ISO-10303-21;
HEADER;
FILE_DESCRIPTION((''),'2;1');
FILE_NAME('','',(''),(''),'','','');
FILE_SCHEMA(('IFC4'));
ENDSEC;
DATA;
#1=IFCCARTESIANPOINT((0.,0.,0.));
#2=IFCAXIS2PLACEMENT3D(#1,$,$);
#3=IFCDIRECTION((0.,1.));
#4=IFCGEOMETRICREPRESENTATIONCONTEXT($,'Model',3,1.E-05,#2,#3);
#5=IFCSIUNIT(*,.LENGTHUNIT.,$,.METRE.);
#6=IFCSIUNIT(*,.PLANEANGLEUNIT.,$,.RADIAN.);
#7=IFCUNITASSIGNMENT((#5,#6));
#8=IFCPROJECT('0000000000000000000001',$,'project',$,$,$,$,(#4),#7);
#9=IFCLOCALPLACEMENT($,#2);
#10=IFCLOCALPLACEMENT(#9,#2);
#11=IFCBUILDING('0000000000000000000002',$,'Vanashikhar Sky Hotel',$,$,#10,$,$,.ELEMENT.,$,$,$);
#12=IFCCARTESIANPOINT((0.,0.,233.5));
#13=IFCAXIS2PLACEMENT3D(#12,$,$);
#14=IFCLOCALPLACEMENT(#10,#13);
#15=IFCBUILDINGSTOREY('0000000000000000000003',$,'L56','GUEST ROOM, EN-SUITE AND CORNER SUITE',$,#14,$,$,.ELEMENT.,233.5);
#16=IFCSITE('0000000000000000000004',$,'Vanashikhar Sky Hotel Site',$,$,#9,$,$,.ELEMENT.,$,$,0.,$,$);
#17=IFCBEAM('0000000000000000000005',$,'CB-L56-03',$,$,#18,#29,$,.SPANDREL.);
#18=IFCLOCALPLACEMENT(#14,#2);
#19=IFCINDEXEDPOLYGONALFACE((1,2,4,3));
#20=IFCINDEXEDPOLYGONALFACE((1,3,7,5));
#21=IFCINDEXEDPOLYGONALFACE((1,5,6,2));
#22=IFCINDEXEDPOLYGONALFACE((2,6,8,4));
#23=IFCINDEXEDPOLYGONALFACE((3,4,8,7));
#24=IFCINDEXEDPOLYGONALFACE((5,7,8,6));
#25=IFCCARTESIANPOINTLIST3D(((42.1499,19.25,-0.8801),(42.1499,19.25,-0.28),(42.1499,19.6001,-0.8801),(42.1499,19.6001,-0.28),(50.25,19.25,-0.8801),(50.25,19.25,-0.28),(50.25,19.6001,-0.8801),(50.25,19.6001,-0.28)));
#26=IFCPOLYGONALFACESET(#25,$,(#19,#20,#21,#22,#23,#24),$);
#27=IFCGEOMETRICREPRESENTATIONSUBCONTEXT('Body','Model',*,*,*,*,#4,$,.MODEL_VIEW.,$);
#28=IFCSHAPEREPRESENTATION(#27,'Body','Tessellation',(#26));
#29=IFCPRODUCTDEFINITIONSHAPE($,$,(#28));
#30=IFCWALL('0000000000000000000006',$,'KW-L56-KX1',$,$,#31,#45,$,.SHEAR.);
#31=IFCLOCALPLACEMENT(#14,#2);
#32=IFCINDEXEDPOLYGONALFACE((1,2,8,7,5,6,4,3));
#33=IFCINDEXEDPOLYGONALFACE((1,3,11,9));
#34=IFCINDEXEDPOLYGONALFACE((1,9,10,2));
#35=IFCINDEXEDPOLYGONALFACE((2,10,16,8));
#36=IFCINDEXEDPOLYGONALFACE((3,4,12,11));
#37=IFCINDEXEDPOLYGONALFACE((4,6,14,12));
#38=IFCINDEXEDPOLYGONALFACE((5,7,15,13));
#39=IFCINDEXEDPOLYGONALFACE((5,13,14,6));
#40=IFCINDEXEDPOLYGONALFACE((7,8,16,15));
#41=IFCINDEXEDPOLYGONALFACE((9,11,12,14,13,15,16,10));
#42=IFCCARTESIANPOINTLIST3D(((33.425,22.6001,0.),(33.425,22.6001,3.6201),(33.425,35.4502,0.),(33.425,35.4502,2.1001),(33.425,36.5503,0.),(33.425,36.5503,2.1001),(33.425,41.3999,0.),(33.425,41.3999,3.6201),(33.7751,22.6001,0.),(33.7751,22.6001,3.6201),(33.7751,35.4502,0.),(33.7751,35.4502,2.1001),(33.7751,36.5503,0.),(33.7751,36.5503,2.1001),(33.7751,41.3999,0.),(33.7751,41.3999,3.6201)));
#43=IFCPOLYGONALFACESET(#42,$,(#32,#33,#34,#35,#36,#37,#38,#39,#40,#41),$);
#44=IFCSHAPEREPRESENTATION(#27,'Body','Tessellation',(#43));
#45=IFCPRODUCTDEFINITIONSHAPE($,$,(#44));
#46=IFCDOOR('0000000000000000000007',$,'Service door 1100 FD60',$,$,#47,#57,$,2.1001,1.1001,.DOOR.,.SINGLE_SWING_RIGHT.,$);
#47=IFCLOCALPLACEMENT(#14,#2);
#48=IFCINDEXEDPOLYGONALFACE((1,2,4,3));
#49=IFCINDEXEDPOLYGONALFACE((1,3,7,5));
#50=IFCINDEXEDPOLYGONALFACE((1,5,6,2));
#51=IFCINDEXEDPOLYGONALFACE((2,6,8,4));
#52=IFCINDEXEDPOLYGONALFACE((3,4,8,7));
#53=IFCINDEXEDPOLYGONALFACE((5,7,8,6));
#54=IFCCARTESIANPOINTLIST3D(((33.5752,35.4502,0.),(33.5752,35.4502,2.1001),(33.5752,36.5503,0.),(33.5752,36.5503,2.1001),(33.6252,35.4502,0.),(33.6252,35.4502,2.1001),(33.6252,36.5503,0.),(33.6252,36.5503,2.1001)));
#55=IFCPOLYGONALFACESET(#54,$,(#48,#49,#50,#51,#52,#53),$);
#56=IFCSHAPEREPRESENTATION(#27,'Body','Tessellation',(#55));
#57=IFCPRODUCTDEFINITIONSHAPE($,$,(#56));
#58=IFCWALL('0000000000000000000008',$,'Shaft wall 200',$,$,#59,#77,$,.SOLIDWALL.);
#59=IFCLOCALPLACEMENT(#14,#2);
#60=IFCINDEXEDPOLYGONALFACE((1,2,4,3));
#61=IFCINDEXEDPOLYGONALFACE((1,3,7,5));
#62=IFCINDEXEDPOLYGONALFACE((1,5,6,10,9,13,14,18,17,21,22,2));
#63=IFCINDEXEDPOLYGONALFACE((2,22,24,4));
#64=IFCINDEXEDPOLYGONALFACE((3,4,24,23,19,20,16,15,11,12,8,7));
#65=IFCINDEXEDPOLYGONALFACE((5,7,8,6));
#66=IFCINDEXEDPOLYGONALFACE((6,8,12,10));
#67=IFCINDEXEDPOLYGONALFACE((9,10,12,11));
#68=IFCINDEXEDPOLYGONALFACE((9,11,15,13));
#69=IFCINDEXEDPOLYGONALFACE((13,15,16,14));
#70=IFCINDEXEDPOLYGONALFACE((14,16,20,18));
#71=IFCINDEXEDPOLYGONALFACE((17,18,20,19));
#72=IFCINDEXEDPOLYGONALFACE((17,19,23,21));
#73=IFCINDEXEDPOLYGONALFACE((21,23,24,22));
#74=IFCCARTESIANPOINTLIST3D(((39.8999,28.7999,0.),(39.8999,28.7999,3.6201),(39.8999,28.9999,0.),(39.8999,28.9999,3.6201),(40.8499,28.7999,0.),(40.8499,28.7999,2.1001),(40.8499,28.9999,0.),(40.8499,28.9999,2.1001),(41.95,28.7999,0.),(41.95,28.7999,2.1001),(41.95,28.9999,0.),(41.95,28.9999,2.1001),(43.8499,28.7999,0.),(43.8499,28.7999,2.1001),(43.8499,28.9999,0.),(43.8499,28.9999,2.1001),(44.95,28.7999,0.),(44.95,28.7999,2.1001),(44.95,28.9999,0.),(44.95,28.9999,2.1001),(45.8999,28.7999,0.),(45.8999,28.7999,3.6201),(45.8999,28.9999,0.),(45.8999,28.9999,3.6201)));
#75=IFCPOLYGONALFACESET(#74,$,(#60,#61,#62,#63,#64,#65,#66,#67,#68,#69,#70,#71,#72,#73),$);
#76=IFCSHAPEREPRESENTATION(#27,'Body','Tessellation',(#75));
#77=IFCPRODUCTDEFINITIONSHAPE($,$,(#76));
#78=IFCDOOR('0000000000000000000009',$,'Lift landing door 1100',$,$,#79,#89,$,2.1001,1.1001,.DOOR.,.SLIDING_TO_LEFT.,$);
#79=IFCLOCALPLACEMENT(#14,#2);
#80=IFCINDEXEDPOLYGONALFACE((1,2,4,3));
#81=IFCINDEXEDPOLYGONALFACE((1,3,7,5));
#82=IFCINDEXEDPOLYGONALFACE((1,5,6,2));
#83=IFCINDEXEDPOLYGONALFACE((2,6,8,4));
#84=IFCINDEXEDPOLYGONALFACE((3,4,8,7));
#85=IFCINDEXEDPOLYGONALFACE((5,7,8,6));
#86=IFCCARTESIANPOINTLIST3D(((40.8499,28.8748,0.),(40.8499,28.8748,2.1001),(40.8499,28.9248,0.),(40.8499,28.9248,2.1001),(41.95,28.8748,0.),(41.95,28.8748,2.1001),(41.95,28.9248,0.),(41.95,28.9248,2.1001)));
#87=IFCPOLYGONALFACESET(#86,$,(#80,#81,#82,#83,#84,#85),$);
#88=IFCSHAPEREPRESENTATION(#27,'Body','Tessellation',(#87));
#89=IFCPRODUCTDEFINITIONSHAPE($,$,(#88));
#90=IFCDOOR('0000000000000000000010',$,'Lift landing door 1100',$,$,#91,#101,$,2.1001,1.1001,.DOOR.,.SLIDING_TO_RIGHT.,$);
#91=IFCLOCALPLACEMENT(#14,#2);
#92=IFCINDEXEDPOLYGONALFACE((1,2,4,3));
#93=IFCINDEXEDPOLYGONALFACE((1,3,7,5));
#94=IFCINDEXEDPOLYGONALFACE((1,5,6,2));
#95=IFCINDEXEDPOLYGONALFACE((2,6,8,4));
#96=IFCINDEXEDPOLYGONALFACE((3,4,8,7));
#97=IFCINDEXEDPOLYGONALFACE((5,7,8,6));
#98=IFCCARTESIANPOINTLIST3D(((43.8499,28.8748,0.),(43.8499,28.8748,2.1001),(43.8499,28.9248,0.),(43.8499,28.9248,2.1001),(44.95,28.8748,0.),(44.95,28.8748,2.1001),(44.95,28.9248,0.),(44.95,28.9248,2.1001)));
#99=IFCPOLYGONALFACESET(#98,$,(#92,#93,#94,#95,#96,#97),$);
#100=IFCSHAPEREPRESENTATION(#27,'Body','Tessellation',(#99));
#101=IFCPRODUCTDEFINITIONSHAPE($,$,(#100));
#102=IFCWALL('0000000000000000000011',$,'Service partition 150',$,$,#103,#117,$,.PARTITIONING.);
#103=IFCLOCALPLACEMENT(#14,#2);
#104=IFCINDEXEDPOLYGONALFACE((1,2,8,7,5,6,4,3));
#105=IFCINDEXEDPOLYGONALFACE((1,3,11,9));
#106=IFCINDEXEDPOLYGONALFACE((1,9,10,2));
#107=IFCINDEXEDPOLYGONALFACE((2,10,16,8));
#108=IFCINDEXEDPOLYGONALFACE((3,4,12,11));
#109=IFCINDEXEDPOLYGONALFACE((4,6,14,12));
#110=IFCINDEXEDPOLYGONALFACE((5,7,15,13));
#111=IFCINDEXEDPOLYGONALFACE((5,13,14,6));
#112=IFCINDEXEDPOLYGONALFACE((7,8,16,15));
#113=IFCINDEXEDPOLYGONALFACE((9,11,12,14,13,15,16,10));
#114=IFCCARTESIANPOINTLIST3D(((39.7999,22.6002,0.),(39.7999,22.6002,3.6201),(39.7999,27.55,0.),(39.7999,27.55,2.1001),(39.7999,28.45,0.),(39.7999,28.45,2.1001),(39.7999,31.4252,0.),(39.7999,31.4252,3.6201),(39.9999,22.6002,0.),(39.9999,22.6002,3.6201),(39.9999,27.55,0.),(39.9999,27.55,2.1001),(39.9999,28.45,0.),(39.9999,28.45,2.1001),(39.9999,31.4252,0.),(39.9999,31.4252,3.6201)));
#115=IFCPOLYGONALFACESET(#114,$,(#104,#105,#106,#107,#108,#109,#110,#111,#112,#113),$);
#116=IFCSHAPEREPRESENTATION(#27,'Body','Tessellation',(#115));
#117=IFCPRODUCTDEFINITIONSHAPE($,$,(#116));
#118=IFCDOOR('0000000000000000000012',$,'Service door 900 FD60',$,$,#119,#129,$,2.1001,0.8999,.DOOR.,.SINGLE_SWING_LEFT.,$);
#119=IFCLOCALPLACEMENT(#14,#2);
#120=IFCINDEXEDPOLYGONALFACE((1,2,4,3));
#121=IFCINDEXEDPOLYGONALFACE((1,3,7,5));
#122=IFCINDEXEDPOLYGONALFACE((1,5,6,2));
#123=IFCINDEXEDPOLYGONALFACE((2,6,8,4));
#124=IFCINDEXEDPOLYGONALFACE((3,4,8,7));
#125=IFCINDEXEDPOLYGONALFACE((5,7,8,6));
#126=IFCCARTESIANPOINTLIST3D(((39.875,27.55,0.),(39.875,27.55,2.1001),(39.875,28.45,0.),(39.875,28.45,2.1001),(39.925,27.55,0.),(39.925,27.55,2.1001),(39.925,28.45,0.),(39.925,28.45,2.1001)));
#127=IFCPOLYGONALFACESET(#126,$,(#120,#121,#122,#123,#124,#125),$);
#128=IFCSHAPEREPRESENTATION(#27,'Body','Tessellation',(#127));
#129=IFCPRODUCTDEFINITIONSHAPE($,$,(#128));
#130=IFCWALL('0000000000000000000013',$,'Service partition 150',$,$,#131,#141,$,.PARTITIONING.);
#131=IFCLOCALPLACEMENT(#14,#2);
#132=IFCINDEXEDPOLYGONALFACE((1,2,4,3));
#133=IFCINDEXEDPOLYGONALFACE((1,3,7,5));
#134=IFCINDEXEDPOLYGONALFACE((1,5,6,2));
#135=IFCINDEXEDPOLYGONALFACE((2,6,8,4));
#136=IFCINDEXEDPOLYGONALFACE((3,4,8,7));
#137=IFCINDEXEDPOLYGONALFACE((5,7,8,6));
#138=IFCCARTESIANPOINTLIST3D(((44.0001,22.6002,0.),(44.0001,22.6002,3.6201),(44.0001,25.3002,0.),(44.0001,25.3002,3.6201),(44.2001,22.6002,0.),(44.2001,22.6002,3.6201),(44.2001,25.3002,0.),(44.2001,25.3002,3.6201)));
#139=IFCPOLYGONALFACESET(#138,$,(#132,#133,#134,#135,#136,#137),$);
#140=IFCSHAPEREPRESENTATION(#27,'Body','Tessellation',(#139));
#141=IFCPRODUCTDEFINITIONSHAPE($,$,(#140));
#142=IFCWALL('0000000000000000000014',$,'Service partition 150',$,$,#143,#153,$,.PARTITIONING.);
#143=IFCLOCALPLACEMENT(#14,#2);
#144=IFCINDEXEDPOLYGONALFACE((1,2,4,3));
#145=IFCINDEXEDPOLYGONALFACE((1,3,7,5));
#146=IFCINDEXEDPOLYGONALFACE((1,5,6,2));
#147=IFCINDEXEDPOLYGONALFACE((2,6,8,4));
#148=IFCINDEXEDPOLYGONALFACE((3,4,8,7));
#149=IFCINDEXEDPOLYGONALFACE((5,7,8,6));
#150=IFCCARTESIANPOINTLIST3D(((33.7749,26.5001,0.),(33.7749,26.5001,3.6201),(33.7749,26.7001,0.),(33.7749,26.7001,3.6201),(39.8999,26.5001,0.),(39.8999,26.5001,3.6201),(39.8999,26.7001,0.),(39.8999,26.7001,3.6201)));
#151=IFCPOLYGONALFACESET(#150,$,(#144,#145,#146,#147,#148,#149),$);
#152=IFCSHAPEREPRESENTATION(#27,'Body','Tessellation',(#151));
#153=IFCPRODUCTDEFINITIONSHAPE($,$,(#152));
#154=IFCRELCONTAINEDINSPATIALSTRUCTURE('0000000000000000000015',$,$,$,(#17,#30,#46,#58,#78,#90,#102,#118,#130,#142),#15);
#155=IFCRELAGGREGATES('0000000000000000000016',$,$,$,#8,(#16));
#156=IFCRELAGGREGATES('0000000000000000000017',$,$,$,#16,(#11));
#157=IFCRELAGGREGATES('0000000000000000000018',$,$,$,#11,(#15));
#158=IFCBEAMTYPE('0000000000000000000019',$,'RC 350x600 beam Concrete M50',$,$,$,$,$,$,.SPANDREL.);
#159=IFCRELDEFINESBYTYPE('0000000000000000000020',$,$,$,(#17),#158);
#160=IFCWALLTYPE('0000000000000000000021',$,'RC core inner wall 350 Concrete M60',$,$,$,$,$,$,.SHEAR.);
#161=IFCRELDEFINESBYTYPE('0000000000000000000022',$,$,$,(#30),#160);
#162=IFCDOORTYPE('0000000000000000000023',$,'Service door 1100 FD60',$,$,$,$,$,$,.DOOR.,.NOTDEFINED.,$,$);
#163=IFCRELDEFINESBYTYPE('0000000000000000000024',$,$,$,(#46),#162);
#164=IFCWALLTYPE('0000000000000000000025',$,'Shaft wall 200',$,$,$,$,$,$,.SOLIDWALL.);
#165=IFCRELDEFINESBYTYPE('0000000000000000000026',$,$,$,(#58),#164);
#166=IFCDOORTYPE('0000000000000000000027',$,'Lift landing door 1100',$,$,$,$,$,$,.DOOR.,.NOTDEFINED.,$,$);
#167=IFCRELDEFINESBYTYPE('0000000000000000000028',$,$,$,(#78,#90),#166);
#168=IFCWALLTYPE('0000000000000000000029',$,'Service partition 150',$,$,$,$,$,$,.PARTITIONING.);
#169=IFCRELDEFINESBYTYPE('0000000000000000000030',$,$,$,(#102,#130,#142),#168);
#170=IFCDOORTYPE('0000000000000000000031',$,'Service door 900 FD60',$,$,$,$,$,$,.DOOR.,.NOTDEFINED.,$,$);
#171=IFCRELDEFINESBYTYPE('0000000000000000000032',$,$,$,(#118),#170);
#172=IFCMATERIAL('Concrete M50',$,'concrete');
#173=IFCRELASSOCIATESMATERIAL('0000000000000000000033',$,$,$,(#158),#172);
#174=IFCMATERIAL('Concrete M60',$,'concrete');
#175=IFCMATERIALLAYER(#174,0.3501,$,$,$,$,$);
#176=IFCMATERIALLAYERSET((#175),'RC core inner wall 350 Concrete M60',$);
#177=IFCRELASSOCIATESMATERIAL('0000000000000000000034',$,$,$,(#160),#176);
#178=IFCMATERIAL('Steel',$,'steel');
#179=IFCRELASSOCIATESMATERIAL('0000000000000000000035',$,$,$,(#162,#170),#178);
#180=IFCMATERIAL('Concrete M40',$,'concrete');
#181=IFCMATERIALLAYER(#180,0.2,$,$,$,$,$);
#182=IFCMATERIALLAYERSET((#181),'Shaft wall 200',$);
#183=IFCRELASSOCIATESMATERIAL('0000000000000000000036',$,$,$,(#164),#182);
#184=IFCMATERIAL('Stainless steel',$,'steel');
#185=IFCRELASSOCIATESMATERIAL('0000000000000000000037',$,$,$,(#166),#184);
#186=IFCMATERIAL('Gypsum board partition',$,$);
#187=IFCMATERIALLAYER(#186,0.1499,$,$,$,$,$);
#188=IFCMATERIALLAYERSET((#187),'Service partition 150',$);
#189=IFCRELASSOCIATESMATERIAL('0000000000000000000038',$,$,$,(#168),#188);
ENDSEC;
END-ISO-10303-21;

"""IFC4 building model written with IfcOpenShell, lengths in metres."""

from ifc_helpers import new_model, si_unit, direction, frame, frame_2d, origin, origin_2d, place, context, subcontext, project, spatial, rectangle, extrude, source, transform, mapped, material, layer, layer_set, material_profile, profile_set, type_object, element, fill, save


model = new_model("IFC4")

# Units and contexts
model_context = context("Model", 3, precision=1e-05, world=origin(), true_north=direction((0.0, 1.0)))
body_context = subcontext(model_context, "Body", "Model", "MODEL_VIEW")
ifc_project = project(units=[si_unit("LENGTHUNIT", "METRE"), si_unit("PLANEANGLEUNIT", "RADIAN")], contexts=[model_context])

# Site, building, storey
site_placement = place(None, origin())
site = spatial("IfcSite", under=ifc_project, at=site_placement, Name="Vanashikhar Sky Hotel Site", CompositionType="ELEMENT", RefElevation=0.0)
building_placement = place(site_placement, origin())
building = spatial("IfcBuilding", under=site, at=building_placement, Name="Vanashikhar Sky Hotel", CompositionType="ELEMENT")
storey_placement = place(building_placement, frame((0.0, 0.0, 233.5)))
storey = spatial("IfcBuildingStorey", under=building, at=storey_placement, Name="L56", Description="GUEST ROOM, EN-SUITE AND CORNER SUITE", CompositionType="ELEMENT", Elevation=233.5)

# Beam
ifc_material_1 = material(Name="Concrete M50", Category="concrete")
ifc_material_profile = material_profile(ifc_material_1, rectangle(XDim=0.3501, YDim=0.6001, at=origin_2d()))
ifc_profile_set = profile_set([ifc_material_profile], Name="RC 350x600 beam Concrete M50")
beam_type = type_object("IfcBeamType", Name="RC 350x600 beam Concrete M50", PredefinedType="SPANDREL", material=ifc_profile_set)
shared_shape_1 = source(origin(), body_context, "Body", "SweptSolid", [
    extrude(rectangle(XDim=0.3501, YDim=0.6001, at=origin_2d()), origin(), (0.0, 0.0, 1.0), 8.1001),
])
beam_placement = place(storey_placement, frame((42.1499, 19.425, -0.5801), z_axis=(1.0, 0.0, 0.0), x_axis=(0.0, 1.0, 0.0)))
element("IfcBeam", 1, at=beam_placement, inside=storey, type_object=beam_type, Name="CB-L56-03", PredefinedType="SPANDREL", context=body_context, shape_type="MappedRepresentation", body=[
    mapped(shared_shape_1, transform((0.0, 0.0, 0.0), scale=1.0)),
])

# Wall, opening, door
ifc_material_2 = material(Name="Concrete M60", Category="concrete")
ifc_layer_1 = layer(ifc_material_2, 0.3501)
ifc_layer_set_1 = layer_set([ifc_layer_1], Name="RC core inner wall 350 Concrete M60")
wall_type_1 = type_object("IfcWallType", Name="RC core inner wall 350 Concrete M60", PredefinedType="SHEAR", material=ifc_layer_set_1)
shared_shape_2 = source(origin(), body_context, "Body", "SweptSolid", [
    extrude(rectangle(XDim=18.7998, YDim=0.3501, at=frame_2d((9.3999, 0.0))), origin(), (0.0, 0.0, 1.0), 3.6201),
])
wall_1_placement = place(storey_placement, frame((33.6001, 22.6001, 0.0), z_axis=(0.0, 0.0, 1.0), x_axis=(0.0, 1.0, 0.0)))
wall_1 = element("IfcWall", 2, at=wall_1_placement, inside=storey, type_object=wall_type_1, Name="KW-L56-KX1", PredefinedType="SHEAR", context=body_context, shape_type="MappedRepresentation", body=[
    mapped(shared_shape_2, transform((0.0, 0.0, 0.0), scale=1.0)),
])
shared_shape_3 = source(origin(), body_context, "Body", "SweptSolid", [
    extrude(rectangle(XDim=1.1001, YDim=2.1001, at=frame_2d((0.55, 1.05))), frame((0.0, 0.1851, 0.0), z_axis=(0.0, -1.0, 0.0), x_axis=(1.0, 0.0, 0.0)), (0.0, 0.0, 1.0), 0.3701),
])
opening_1_placement = place(wall_1_placement, frame((12.8501, 0.0, 0.0)))
opening_1 = element("IfcOpeningElement", 3, at=opening_1_placement, cuts=wall_1, PredefinedType="OPENING", context=body_context, shape_type="MappedRepresentation", body=[
    mapped(shared_shape_3, transform((0.0, 0.0, 0.0), scale=1.0)),
])
ifc_material_3 = material(Name="Steel", Category="steel")
door_type_1 = type_object("IfcDoorType", Name="Service door 1100 FD60", OperationType="NOTDEFINED", PredefinedType="DOOR", material=ifc_material_3)
shared_shape_4 = source(origin(), body_context, "Body", "SweptSolid", [
    extrude(rectangle(XDim=1.1001, YDim=2.1001, at=frame_2d((0.55, 1.05))), frame((0.0, 0.0249, 0.0), z_axis=(0.0, -1.0, 0.0), x_axis=(1.0, 0.0, 0.0)), (0.0, 0.0, 1.0), 0.05),
])
door_1_placement = place(opening_1_placement, origin())
door_1 = element("IfcDoor", 4, at=door_1_placement, inside=storey, type_object=door_type_1, Name="Service door 1100 FD60", OperationType="SINGLE_SWING_RIGHT", OverallHeight=2.1001, OverallWidth=1.1001, PredefinedType="DOOR", context=body_context, shape_type="MappedRepresentation", body=[
    mapped(shared_shape_4, transform((0.0, 0.0, 0.0), scale=1.0)),
])
fill(opening_1, door_1)

# Wall, openings, doors
ifc_material_4 = material(Name="Concrete M40", Category="concrete")
ifc_layer_2 = layer(ifc_material_4, 0.2)
ifc_layer_set_2 = layer_set([ifc_layer_2], Name="Shaft wall 200")
wall_type_2 = type_object("IfcWallType", Name="Shaft wall 200", PredefinedType="SOLIDWALL", material=ifc_layer_set_2)
shared_shape_5 = source(origin(), body_context, "Body", "SweptSolid", [
    extrude(rectangle(XDim=6.0, YDim=0.2, at=frame_2d((3.0, 0.0))), origin(), (0.0, 0.0, 1.0), 3.6201),
])
wall_2_placement = place(storey_placement, frame((39.8999, 28.8999, 0.0), z_axis=(0.0, 0.0, 1.0), x_axis=(1.0, 0.0, 0.0)))
wall_2 = element("IfcWall", 5, at=wall_2_placement, inside=storey, type_object=wall_type_2, Name="Shaft wall 200", PredefinedType="SOLIDWALL", context=body_context, shape_type="MappedRepresentation", body=[
    mapped(shared_shape_5, transform((0.0, 0.0, 0.0), scale=1.0)),
])
shared_shape_6 = source(origin(), body_context, "Body", "SweptSolid", [
    extrude(rectangle(XDim=1.1001, YDim=2.1001, at=frame_2d((0.55, 1.05))), frame((0.0, 0.1099, 0.0), z_axis=(0.0, -1.0, 0.0), x_axis=(1.0, 0.0, 0.0)), (0.0, 0.0, 1.0), 0.22),
])
opening_2_placement = place(wall_2_placement, frame((0.95, 0.0, 0.0)))
opening_2 = element("IfcOpeningElement", 6, at=opening_2_placement, cuts=wall_2, PredefinedType="OPENING", context=body_context, shape_type="MappedRepresentation", body=[
    mapped(shared_shape_6, transform((0.0, 0.0, 0.0), scale=1.0)),
])
opening_3_placement = place(wall_2_placement, frame((3.95, 0.0, 0.0)))
opening_3 = element("IfcOpeningElement", 7, at=opening_3_placement, cuts=wall_2, PredefinedType="OPENING", context=body_context, shape_type="MappedRepresentation", body=[
    mapped(shared_shape_6, transform((0.0, 0.0, 0.0), scale=1.0)),
])
ifc_material_5 = material(Name="Stainless steel", Category="steel")
door_type_2 = type_object("IfcDoorType", Name="Lift landing door 1100", OperationType="NOTDEFINED", PredefinedType="DOOR", material=ifc_material_5)
door_2_placement = place(opening_2_placement, origin())
door_2 = element("IfcDoor", 8, at=door_2_placement, inside=storey, type_object=door_type_2, Name="Lift landing door 1100", OperationType="SLIDING_TO_LEFT", OverallHeight=2.1001, OverallWidth=1.1001, PredefinedType="DOOR", context=body_context, shape_type="MappedRepresentation", body=[
    mapped(shared_shape_4, transform((0.0, 0.0, 0.0), scale=1.0)),
])
fill(opening_2, door_2)
door_3_placement = place(opening_3_placement, origin())
door_3 = element("IfcDoor", 9, at=door_3_placement, inside=storey, type_object=door_type_2, Name="Lift landing door 1100", OperationType="SLIDING_TO_RIGHT", OverallHeight=2.1001, OverallWidth=1.1001, PredefinedType="DOOR", context=body_context, shape_type="MappedRepresentation", body=[
    mapped(shared_shape_4, transform((0.0, 0.0, 0.0), scale=1.0)),
])
fill(opening_3, door_3)

# Wall, opening, door
ifc_material_6 = material(Name="Gypsum board partition")
ifc_layer_3 = layer(ifc_material_6, 0.1499)
ifc_layer_set_3 = layer_set([ifc_layer_3], Name="Service partition 150")
wall_type_3 = type_object("IfcWallType", Name="Service partition 150", PredefinedType="PARTITIONING", material=ifc_layer_set_3)
shared_shape_7 = source(origin(), body_context, "Body", "SweptSolid", [
    extrude(rectangle(XDim=8.825, YDim=0.2, at=frame_2d((4.4126, 0.0))), origin(), (0.0, 0.0, 1.0), 3.6201),
])
wall_3_placement = place(storey_placement, frame((39.8999, 22.6001, 0.0), z_axis=(0.0, 0.0, 1.0), x_axis=(0.0, 1.0, 0.0)))
wall_3 = element("IfcWall", 10, at=wall_3_placement, inside=storey, type_object=wall_type_3, Name="Service partition 150", PredefinedType="PARTITIONING", context=body_context, shape_type="MappedRepresentation", body=[
    mapped(shared_shape_7, transform((0.0, 0.0, 0.0), scale=1.0)),
])
shared_shape_8 = source(origin(), body_context, "Body", "SweptSolid", [
    extrude(rectangle(XDim=0.8999, YDim=2.1001, at=frame_2d((0.45, 1.05))), frame((0.0, 0.1099, 0.0), z_axis=(0.0, -1.0, 0.0), x_axis=(1.0, 0.0, 0.0)), (0.0, 0.0, 1.0), 0.22),
])
opening_4_placement = place(wall_3_placement, frame((4.95, 0.0, 0.0)))
opening_4 = element("IfcOpeningElement", 11, at=opening_4_placement, cuts=wall_3, PredefinedType="OPENING", context=body_context, shape_type="MappedRepresentation", body=[
    mapped(shared_shape_8, transform((0.0, 0.0, 0.0), scale=1.0)),
])
door_type_3 = type_object("IfcDoorType", Name="Service door 900 FD60", OperationType="NOTDEFINED", PredefinedType="DOOR", material=ifc_material_3)
shared_shape_9 = source(origin(), body_context, "Body", "SweptSolid", [
    extrude(rectangle(XDim=0.8999, YDim=2.1001, at=frame_2d((0.45, 1.05))), frame((0.0, 0.0249, 0.0), z_axis=(0.0, -1.0, 0.0), x_axis=(1.0, 0.0, 0.0)), (0.0, 0.0, 1.0), 0.05),
])
door_4_placement = place(opening_4_placement, origin())
door_4 = element("IfcDoor", 12, at=door_4_placement, inside=storey, type_object=door_type_3, Name="Service door 900 FD60", OperationType="SINGLE_SWING_LEFT", OverallHeight=2.1001, OverallWidth=0.8999, PredefinedType="DOOR", context=body_context, shape_type="MappedRepresentation", body=[
    mapped(shared_shape_9, transform((0.0, 0.0, 0.0), scale=1.0)),
])
fill(opening_4, door_4)

# Walls
shared_shape_10 = source(origin(), body_context, "Body", "SweptSolid", [
    extrude(rectangle(XDim=2.7, YDim=0.2, at=frame_2d((1.3501, 0.0))), origin(), (0.0, 0.0, 1.0), 3.6201),
])
wall_4_placement = place(storey_placement, frame((44.1001, 22.6001, 0.0), z_axis=(0.0, 0.0, 1.0), x_axis=(0.0, 1.0, 0.0)))
element("IfcWall", 13, at=wall_4_placement, inside=storey, type_object=wall_type_3, Name="Service partition 150", PredefinedType="PARTITIONING", context=body_context, shape_type="MappedRepresentation", body=[
    mapped(shared_shape_10, transform((0.0, 0.0, 0.0), scale=1.0)),
])
shared_shape_11 = source(origin(), body_context, "Body", "SweptSolid", [
    extrude(rectangle(XDim=6.125, YDim=0.2, at=frame_2d((3.0625, 0.0))), origin(), (0.0, 0.0, 1.0), 3.6201),
])
for number, where, z_axis, x_axis, name in (
    (14, (33.7749, 26.6001, 0.0), (0.0, 0.0, 1.0), (1.0, 0.0, 0.0), "Service partition 150"),
):
    element("IfcWall", number, at=place(storey_placement, frame(where, z_axis=z_axis, x_axis=x_axis)), inside=storey, type_object=wall_type_3, Name=name, PredefinedType="PARTITIONING", context=body_context, shape_type="MappedRepresentation", body=[
        mapped(shared_shape_11, transform((0.0, 0.0, 0.0), scale=1.0)),
    ])

save(model, "model.ifc")
